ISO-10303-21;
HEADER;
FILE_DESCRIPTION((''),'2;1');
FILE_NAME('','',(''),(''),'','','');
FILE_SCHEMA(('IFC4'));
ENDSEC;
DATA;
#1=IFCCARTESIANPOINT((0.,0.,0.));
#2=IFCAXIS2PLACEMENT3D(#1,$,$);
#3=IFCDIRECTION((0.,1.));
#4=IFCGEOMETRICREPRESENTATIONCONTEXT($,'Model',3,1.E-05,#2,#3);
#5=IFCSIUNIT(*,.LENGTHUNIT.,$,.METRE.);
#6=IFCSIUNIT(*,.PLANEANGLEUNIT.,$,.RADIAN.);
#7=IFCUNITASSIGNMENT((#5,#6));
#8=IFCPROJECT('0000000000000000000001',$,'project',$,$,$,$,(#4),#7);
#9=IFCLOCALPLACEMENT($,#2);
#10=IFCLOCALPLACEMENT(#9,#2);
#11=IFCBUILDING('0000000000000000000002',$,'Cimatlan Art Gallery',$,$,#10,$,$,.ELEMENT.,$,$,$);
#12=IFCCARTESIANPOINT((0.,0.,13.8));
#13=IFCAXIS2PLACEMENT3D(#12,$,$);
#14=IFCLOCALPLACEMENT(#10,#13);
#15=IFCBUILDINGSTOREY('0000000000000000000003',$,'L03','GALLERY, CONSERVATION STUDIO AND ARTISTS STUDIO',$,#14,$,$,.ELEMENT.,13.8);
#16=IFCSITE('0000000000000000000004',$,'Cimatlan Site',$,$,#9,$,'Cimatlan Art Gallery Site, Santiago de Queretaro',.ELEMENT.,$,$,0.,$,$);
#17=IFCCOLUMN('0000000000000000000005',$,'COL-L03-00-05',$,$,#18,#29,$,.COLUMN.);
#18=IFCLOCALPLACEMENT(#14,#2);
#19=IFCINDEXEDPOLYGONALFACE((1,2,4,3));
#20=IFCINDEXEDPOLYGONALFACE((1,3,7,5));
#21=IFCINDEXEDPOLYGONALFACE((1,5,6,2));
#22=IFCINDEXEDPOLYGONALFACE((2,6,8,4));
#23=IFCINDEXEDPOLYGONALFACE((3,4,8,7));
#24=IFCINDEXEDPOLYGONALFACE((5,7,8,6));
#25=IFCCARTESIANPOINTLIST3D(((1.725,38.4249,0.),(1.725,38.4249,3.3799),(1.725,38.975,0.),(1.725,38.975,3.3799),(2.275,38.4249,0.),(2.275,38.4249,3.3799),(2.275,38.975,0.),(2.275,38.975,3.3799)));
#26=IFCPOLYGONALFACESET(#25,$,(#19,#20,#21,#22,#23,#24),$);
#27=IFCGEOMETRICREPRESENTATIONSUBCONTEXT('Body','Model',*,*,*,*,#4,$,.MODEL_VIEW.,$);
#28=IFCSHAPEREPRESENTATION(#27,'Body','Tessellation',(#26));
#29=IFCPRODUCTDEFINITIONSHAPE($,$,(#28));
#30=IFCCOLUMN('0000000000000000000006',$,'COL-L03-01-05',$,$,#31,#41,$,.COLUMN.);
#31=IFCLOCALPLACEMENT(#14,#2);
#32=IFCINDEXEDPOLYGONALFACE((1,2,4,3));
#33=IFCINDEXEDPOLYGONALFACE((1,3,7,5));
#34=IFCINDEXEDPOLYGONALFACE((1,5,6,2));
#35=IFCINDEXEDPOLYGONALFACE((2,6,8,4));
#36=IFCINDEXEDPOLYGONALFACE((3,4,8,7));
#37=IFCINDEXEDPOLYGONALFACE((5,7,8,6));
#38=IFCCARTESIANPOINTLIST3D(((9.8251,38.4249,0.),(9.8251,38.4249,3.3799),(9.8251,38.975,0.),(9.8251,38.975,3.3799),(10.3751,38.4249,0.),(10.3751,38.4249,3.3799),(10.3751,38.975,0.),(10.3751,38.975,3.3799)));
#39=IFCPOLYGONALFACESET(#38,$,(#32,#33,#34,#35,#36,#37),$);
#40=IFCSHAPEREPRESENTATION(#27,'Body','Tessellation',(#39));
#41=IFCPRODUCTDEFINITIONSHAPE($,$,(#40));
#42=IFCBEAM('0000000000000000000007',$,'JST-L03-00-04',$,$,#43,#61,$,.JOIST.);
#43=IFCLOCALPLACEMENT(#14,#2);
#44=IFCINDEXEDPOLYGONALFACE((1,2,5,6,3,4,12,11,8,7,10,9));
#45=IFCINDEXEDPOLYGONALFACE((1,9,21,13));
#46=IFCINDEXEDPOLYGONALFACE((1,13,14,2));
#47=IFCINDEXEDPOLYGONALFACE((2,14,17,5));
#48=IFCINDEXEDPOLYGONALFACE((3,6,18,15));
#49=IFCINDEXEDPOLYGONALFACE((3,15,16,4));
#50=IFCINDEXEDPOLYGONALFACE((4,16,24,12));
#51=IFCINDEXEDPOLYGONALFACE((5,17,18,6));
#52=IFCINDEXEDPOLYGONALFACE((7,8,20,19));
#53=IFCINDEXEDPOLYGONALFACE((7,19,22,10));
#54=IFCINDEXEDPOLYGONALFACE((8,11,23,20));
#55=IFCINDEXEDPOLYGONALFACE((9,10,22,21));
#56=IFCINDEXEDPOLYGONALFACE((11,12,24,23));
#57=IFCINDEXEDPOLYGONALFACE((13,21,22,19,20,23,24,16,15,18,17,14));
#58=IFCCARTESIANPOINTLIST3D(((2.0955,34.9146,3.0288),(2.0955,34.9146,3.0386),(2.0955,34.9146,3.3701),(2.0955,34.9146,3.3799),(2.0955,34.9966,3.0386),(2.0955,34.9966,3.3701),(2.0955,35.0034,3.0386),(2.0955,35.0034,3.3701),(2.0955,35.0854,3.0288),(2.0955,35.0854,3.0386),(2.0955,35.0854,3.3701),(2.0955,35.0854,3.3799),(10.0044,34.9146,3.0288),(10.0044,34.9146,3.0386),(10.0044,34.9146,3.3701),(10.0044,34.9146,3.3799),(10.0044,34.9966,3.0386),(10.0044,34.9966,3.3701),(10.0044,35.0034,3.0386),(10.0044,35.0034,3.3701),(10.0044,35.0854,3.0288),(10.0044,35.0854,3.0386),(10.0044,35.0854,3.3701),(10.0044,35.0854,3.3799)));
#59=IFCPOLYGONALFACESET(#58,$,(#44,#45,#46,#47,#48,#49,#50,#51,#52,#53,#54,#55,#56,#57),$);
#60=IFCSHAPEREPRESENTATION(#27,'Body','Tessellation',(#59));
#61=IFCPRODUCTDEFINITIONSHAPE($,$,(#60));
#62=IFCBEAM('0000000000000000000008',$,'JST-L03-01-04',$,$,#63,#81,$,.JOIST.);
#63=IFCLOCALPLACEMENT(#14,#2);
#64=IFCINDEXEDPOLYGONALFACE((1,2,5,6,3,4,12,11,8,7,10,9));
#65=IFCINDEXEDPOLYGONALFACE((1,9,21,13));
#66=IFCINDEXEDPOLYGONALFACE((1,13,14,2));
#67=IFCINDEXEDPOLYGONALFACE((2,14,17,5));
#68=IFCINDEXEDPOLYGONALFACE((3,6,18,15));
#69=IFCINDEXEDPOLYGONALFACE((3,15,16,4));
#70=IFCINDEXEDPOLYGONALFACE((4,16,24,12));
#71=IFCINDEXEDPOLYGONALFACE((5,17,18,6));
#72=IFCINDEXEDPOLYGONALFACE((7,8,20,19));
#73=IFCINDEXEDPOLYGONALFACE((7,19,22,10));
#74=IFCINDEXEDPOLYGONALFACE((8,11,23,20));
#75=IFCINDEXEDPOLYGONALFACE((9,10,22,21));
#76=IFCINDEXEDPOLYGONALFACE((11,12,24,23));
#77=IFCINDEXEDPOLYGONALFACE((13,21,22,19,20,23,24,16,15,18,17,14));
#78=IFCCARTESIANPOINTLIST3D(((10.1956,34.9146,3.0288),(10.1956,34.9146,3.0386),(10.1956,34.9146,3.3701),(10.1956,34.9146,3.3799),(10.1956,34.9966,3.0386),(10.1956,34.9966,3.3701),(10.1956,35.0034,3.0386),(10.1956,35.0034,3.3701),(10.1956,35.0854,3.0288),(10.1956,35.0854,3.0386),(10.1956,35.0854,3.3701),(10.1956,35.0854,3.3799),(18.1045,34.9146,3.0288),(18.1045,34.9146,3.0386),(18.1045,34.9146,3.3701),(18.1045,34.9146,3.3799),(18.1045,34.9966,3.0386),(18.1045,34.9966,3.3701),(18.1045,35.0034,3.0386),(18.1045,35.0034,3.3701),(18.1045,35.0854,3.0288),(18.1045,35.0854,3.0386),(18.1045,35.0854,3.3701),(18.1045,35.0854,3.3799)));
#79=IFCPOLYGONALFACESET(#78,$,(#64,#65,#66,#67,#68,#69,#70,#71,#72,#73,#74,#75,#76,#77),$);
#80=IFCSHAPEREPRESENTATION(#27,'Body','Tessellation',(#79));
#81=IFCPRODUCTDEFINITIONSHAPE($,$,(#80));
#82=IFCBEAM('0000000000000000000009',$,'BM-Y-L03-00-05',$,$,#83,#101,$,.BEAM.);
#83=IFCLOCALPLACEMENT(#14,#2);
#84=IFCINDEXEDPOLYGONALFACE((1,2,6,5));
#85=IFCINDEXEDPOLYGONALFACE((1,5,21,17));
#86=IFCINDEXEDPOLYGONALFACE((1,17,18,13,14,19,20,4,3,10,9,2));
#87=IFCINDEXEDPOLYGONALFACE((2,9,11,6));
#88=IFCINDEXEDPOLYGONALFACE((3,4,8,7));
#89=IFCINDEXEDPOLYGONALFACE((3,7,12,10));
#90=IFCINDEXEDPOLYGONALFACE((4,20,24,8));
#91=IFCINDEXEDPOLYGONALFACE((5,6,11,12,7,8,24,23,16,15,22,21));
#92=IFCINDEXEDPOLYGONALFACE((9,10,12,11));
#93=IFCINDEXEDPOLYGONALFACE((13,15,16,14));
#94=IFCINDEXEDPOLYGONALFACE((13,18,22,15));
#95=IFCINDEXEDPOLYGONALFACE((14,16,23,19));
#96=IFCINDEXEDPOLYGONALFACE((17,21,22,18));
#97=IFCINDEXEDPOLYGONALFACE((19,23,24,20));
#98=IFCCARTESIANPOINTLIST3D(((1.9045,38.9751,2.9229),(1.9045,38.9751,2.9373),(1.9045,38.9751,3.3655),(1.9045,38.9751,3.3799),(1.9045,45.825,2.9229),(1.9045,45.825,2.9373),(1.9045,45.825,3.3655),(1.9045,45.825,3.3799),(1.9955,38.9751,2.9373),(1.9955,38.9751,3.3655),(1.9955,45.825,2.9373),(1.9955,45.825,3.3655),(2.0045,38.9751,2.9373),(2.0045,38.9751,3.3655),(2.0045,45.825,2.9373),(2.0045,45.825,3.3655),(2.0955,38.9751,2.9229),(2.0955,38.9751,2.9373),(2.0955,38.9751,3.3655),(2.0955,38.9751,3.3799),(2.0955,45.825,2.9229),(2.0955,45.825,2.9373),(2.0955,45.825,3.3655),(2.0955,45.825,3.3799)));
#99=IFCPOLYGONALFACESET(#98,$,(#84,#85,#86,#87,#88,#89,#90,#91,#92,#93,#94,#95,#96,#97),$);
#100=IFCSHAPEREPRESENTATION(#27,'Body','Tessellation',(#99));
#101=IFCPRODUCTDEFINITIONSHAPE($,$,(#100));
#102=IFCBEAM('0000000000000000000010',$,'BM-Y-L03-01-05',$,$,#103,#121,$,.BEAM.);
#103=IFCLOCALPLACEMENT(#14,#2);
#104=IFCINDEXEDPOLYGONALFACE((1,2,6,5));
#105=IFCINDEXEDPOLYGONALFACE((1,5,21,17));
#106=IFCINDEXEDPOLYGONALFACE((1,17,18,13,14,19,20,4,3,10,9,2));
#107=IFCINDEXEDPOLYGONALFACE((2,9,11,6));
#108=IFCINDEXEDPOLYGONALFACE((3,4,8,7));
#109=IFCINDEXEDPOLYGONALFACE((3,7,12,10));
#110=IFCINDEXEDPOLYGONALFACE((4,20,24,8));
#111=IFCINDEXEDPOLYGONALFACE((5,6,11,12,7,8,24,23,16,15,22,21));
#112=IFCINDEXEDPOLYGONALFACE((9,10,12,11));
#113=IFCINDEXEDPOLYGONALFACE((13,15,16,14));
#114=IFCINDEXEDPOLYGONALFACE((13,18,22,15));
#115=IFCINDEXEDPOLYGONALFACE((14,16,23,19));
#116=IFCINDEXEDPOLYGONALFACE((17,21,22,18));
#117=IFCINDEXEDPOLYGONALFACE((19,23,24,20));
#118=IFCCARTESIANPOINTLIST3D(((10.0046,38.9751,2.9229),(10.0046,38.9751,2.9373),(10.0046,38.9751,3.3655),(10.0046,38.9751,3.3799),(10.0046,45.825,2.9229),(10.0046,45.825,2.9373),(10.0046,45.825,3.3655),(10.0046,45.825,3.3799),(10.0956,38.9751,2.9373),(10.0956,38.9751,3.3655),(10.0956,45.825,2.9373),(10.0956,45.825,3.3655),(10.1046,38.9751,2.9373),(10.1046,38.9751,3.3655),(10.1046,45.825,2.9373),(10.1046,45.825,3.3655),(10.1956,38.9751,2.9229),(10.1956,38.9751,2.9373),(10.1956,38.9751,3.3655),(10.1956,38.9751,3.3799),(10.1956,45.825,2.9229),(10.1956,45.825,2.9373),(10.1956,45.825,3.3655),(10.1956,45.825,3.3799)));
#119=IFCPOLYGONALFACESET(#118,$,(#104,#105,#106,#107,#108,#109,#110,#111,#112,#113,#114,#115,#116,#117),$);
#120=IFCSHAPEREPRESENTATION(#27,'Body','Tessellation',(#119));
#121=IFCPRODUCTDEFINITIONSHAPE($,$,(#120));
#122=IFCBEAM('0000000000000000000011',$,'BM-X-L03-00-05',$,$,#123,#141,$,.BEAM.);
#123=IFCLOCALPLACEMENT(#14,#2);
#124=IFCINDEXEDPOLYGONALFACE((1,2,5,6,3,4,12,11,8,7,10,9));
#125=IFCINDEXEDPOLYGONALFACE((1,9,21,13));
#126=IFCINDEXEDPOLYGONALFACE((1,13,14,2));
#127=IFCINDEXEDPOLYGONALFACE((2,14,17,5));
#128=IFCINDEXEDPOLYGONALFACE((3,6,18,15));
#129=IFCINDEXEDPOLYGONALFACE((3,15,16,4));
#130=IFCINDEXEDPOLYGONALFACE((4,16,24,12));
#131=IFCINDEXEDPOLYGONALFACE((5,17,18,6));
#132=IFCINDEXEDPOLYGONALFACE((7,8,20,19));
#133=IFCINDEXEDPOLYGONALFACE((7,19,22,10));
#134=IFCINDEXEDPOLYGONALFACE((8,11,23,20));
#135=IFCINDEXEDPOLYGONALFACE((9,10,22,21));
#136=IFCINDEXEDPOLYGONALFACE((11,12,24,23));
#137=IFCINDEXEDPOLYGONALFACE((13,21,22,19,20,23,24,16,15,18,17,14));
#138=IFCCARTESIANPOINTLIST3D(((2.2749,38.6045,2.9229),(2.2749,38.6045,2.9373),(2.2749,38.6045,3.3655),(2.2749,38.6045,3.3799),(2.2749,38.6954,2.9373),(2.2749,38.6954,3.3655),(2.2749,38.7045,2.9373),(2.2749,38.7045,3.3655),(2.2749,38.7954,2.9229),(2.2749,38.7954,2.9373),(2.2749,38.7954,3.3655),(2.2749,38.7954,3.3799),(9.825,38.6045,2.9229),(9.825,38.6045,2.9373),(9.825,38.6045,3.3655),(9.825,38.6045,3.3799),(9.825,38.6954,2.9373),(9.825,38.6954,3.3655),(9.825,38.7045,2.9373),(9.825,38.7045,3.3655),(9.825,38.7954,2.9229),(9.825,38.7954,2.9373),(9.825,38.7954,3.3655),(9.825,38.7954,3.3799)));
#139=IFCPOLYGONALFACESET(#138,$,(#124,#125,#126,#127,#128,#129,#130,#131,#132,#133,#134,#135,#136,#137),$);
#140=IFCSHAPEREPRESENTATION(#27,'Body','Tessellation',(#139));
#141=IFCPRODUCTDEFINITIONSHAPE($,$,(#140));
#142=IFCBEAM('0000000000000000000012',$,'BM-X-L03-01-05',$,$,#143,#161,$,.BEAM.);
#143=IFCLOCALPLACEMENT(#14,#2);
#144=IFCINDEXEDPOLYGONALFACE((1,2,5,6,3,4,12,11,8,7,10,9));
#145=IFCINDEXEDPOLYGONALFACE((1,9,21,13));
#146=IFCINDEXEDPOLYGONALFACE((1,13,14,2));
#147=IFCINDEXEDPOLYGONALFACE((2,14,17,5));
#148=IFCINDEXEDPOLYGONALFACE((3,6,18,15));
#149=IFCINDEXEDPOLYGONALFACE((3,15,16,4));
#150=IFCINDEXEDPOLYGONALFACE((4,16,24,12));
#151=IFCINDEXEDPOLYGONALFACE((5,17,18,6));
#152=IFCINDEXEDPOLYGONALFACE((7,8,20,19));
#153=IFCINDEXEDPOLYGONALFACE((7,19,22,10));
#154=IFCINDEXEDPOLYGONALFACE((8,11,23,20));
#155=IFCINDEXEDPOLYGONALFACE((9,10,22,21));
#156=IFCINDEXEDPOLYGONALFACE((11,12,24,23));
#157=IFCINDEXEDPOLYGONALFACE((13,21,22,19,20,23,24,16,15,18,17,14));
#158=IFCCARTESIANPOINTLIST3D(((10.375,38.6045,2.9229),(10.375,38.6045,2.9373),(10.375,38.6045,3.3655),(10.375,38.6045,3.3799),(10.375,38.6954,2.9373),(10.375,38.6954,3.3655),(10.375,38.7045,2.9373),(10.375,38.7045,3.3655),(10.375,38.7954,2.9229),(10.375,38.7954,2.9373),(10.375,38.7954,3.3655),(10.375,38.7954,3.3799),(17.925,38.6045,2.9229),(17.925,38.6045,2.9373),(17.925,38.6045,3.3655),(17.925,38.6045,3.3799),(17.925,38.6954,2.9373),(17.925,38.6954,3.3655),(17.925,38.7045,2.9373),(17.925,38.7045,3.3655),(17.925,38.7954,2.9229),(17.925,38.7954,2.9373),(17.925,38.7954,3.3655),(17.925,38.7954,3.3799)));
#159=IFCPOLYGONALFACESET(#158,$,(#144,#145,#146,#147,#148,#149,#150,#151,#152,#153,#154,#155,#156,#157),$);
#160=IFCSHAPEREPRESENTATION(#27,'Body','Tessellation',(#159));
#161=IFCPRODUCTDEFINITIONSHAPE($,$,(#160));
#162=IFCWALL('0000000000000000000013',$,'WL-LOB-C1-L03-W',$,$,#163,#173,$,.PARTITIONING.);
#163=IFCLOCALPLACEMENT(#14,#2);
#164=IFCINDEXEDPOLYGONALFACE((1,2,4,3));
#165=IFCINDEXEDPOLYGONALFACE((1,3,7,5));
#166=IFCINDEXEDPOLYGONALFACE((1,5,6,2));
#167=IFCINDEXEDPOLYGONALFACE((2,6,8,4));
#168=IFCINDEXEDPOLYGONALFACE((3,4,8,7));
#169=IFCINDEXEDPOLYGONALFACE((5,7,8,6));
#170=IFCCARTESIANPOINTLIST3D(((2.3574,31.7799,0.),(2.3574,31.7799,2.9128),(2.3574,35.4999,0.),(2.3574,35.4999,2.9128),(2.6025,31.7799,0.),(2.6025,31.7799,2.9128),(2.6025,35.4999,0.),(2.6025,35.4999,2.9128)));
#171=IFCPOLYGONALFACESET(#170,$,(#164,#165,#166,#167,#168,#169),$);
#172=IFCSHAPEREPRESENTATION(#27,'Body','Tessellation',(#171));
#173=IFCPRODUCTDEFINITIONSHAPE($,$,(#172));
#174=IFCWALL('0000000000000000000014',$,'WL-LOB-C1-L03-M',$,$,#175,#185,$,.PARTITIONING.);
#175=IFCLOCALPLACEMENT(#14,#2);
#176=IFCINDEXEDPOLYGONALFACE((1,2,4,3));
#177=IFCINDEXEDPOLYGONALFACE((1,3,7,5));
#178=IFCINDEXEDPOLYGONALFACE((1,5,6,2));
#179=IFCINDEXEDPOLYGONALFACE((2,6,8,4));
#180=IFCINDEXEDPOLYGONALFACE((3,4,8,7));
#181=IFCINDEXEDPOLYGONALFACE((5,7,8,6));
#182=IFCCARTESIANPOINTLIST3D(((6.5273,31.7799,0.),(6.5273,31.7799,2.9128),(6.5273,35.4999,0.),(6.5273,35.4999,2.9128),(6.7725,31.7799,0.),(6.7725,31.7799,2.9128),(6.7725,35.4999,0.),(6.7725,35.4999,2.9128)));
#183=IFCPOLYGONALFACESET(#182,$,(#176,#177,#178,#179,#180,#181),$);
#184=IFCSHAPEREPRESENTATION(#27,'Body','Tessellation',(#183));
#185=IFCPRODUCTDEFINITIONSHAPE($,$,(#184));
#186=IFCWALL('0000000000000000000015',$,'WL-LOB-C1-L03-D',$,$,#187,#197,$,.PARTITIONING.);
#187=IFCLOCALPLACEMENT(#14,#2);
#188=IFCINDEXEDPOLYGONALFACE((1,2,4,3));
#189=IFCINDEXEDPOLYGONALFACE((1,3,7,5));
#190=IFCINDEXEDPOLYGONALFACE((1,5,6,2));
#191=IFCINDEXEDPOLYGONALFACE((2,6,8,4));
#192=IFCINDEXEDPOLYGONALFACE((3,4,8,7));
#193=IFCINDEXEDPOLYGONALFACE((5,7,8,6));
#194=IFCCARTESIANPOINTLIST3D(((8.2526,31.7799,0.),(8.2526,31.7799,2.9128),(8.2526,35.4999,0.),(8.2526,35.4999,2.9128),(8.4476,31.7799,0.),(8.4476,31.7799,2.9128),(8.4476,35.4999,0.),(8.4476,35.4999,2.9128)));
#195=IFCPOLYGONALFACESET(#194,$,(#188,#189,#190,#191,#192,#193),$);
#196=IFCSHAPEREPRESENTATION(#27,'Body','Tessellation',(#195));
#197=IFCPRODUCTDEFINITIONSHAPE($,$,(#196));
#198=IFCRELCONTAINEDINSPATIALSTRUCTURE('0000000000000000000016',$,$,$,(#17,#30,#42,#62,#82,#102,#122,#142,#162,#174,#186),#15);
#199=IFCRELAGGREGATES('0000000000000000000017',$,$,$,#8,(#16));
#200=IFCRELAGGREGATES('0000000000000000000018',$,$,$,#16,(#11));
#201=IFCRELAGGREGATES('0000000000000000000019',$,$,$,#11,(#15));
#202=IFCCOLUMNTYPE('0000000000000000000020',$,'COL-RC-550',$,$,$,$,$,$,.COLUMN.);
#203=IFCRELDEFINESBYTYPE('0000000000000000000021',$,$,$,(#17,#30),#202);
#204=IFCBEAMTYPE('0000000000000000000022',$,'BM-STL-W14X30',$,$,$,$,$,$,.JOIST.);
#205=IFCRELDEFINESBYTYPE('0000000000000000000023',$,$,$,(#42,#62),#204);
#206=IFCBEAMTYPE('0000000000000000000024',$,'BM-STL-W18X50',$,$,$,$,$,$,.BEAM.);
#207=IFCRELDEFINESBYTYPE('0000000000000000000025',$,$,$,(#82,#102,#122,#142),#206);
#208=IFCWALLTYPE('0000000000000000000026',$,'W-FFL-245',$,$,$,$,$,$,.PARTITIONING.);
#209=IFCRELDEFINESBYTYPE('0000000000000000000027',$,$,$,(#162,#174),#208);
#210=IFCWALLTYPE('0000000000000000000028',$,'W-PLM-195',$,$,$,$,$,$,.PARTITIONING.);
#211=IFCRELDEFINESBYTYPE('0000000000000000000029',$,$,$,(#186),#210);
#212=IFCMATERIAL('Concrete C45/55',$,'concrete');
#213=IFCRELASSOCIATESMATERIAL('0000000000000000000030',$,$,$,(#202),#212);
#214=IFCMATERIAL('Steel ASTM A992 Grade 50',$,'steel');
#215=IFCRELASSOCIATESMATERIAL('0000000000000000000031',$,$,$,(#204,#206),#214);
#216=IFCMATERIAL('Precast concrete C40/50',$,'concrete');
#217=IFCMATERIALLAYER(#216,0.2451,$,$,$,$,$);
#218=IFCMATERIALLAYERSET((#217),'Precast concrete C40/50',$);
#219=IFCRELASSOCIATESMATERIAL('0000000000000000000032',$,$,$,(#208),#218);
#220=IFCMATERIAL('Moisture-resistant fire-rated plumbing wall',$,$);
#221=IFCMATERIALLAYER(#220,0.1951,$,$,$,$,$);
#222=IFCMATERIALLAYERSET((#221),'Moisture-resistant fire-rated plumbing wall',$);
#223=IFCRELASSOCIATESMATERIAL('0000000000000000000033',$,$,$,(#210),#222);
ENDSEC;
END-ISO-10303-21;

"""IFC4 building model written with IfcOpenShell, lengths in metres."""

from ifc_helpers import new_model, si_unit, direction, frame, frame_2d, origin, origin_2d, place, context, subcontext, project, spatial, rectangle, i_section, extrude, material, layer, layer_set, material_profile, profile_set, type_object, element, save


model = new_model("IFC4")

# Units and contexts
model_context = context("Model", 3, precision=1e-05, world=origin(), true_north=direction((0.0, 1.0)))
body_context = subcontext(model_context, "Body", "Model", "MODEL_VIEW")
ifc_project = project(units=[si_unit("LENGTHUNIT", "METRE"), si_unit("PLANEANGLEUNIT", "RADIAN")], contexts=[model_context])

# Site, building, storey
site_placement = place(None, origin())
site = spatial("IfcSite", under=ifc_project, at=site_placement, Name="Cimatlan Site", LongName="Cimatlan Art Gallery Site, Santiago de Queretaro", CompositionType="ELEMENT", RefElevation=0.0)
building_placement = place(site_placement, origin())
building = spatial("IfcBuilding", under=site, at=building_placement, Name="Cimatlan Art Gallery", CompositionType="ELEMENT")
storey_placement = place(building_placement, frame((0.0, 0.0, 13.8)))
storey = spatial("IfcBuildingStorey", under=building, at=storey_placement, Name="L03", Description="GALLERY, CONSERVATION STUDIO AND ARTISTS STUDIO", CompositionType="ELEMENT", Elevation=13.8)

# Columns
ifc_material_1 = material(Name="Concrete C45/55", Category="concrete")
ifc_material_profile_1 = material_profile(ifc_material_1, rectangle(XDim=0.55, YDim=0.55, at=origin_2d()), Name="RC550X550")
ifc_profile_set_1 = profile_set([ifc_material_profile_1], Name="Concrete C45/55")
column_type = type_object("IfcColumnType", Name="COL-RC-550", PredefinedType="COLUMN", material=ifc_profile_set_1)
for number, where, z_axis, x_axis, name in (
    (1, (2.0, 38.7, 0.0), (0.0, 0.0, 1.0), (1.0, 0.0, 0.0), "COL-L03-00-05"),
    (2, (10.1001, 38.7, 0.0), (0.0, 0.0, 1.0), (1.0, 0.0, 0.0), "COL-L03-01-05"),
):
    element("IfcColumn", number, at=place(storey_placement, frame(where, z_axis=z_axis, x_axis=x_axis)), inside=storey, type_object=column_type, Name=name, PredefinedType="COLUMN", context=body_context, shape_type="SweptSolid", body=[
        extrude(rectangle(XDim=0.55, YDim=0.55, at=origin_2d()), origin(), (0.0, 0.0, 1.0), 3.3799),
    ])

# Beams
ifc_material_2 = material(Name="Steel ASTM A992 Grade 50", Category="steel")
ifc_material_profile_2 = material_profile(ifc_material_2, i_section(OverallWidth=0.1709, OverallDepth=0.3511, WebThickness=0.0068, FlangeThickness=0.0098, at=origin_2d()), Name="W14X30")
ifc_profile_set_2 = profile_set([ifc_material_profile_2], Name="Steel ASTM A992 Grade 50")
beam_type_1 = type_object("IfcBeamType", Name="BM-STL-W14X30", PredefinedType="JOIST", material=ifc_profile_set_2)
for number, where, z_axis, x_axis, name in (
    (3, (2.0955, 35.0, 3.2043), (1.0, 0.0, 0.0), (0.0, 1.0, 0.0), "JST-L03-00-04"),
    (4, (10.1956, 35.0, 3.2043), (1.0, 0.0, 0.0), (0.0, 1.0, 0.0), "JST-L03-01-04"),
):
    element("IfcBeam", number, at=place(storey_placement, frame(where, z_axis=z_axis, x_axis=x_axis)), inside=storey, type_object=beam_type_1, Name=name, PredefinedType="JOIST", context=body_context, shape_type="SweptSolid", body=[
        extrude(i_section(OverallWidth=0.1709, OverallDepth=0.3511, WebThickness=0.0068, FlangeThickness=0.0098, at=origin_2d()), origin(), (0.0, 0.0, 1.0), 7.9089),
    ])
ifc_material_profile_3 = material_profile(ifc_material_2, i_section(OverallWidth=0.1909, OverallDepth=0.457, WebThickness=0.009, FlangeThickness=0.0144, at=origin_2d()), Name="W18X50")
ifc_profile_set_3 = profile_set([ifc_material_profile_3], Name="Steel ASTM A992 Grade 50")
beam_type_2 = type_object("IfcBeamType", Name="BM-STL-W18X50", PredefinedType="BEAM", material=ifc_profile_set_3)
for number, where, z_axis, x_axis, name in (
    (5, (2.0, 38.9751, 3.1514), (0.0, 1.0, 0.0), (-1.0, 0.0, 0.0), "BM-Y-L03-00-05"),
    (6, (10.1001, 38.9751, 3.1514), (0.0, 1.0, 0.0), (-1.0, 0.0, 0.0), "BM-Y-L03-01-05"),
):
    element("IfcBeam", number, at=place(storey_placement, frame(where, z_axis=z_axis, x_axis=x_axis)), inside=storey, type_object=beam_type_2, Name=name, PredefinedType="BEAM", context=body_context, shape_type="SweptSolid", body=[
        extrude(i_section(OverallWidth=0.1909, OverallDepth=0.457, WebThickness=0.009, FlangeThickness=0.0144, at=origin_2d()), origin(), (0.0, 0.0, 1.0), 6.8499),
    ])
for number, where, z_axis, x_axis, name in (
    (7, (2.2749, 38.7, 3.1514), (1.0, 0.0, 0.0), (0.0, 1.0, 0.0), "BM-X-L03-00-05"),
    (8, (10.375, 38.7, 3.1514), (1.0, 0.0, 0.0), (0.0, 1.0, 0.0), "BM-X-L03-01-05"),
):
    element("IfcBeam", number, at=place(storey_placement, frame(where, z_axis=z_axis, x_axis=x_axis)), inside=storey, type_object=beam_type_2, Name=name, PredefinedType="BEAM", context=body_context, shape_type="SweptSolid", body=[
        extrude(i_section(OverallWidth=0.1909, OverallDepth=0.457, WebThickness=0.009, FlangeThickness=0.0144, at=origin_2d()), origin(), (0.0, 0.0, 1.0), 7.55),
    ])

# Shared definitions
ifc_material_3 = material(Name="Precast concrete C40/50", Category="concrete")
ifc_layer_1 = layer(ifc_material_3, 0.2451)
ifc_layer_set_1 = layer_set([ifc_layer_1], Name="Precast concrete C40/50")
wall_type_1 = type_object("IfcWallType", Name="W-FFL-245", PredefinedType="PARTITIONING", material=ifc_layer_set_1)

# Walls
for number, where, z_axis, x_axis, name in (
    (9, (2.48, 31.78, 0.0), (0.0, 0.0, 1.0), (0.0, 1.0, 0.0), "WL-LOB-C1-L03-W"),
    (10, (6.6499, 31.78, 0.0), (0.0, 0.0, 1.0), (0.0, 1.0, 0.0), "WL-LOB-C1-L03-M"),
):
    element("IfcWall", number, at=place(storey_placement, frame(where, z_axis=z_axis, x_axis=x_axis)), inside=storey, type_object=wall_type_1, Name=name, PredefinedType="PARTITIONING", context=body_context, shape_type="SweptSolid", body=[
        extrude(rectangle(XDim=3.72, YDim=0.2451, at=frame_2d((1.8599, 0.0))), origin(), (0.0, 0.0, 1.0), 2.9128),
    ])
ifc_material_4 = material(Name="Moisture-resistant fire-rated plumbing wall")
ifc_layer_2 = layer(ifc_material_4, 0.1951)
ifc_layer_set_2 = layer_set([ifc_layer_2], Name="Moisture-resistant fire-rated plumbing wall")
wall_type_2 = type_object("IfcWallType", Name="W-PLM-195", PredefinedType="PARTITIONING", material=ifc_layer_set_2)
for number, where, z_axis, x_axis, name in (
    (11, (8.3501, 31.78, 0.0), (0.0, 0.0, 1.0), (0.0, 1.0, 0.0), "WL-LOB-C1-L03-D"),
):
    element("IfcWall", number, at=place(storey_placement, frame(where, z_axis=z_axis, x_axis=x_axis)), inside=storey, type_object=wall_type_2, Name=name, PredefinedType="PARTITIONING", context=body_context, shape_type="SweptSolid", body=[
        extrude(rectangle(XDim=3.72, YDim=0.1951, at=frame_2d((1.8599, 0.0))), origin(), (0.0, 0.0, 1.0), 2.9128),
    ])

save(model, "model.ifc")
